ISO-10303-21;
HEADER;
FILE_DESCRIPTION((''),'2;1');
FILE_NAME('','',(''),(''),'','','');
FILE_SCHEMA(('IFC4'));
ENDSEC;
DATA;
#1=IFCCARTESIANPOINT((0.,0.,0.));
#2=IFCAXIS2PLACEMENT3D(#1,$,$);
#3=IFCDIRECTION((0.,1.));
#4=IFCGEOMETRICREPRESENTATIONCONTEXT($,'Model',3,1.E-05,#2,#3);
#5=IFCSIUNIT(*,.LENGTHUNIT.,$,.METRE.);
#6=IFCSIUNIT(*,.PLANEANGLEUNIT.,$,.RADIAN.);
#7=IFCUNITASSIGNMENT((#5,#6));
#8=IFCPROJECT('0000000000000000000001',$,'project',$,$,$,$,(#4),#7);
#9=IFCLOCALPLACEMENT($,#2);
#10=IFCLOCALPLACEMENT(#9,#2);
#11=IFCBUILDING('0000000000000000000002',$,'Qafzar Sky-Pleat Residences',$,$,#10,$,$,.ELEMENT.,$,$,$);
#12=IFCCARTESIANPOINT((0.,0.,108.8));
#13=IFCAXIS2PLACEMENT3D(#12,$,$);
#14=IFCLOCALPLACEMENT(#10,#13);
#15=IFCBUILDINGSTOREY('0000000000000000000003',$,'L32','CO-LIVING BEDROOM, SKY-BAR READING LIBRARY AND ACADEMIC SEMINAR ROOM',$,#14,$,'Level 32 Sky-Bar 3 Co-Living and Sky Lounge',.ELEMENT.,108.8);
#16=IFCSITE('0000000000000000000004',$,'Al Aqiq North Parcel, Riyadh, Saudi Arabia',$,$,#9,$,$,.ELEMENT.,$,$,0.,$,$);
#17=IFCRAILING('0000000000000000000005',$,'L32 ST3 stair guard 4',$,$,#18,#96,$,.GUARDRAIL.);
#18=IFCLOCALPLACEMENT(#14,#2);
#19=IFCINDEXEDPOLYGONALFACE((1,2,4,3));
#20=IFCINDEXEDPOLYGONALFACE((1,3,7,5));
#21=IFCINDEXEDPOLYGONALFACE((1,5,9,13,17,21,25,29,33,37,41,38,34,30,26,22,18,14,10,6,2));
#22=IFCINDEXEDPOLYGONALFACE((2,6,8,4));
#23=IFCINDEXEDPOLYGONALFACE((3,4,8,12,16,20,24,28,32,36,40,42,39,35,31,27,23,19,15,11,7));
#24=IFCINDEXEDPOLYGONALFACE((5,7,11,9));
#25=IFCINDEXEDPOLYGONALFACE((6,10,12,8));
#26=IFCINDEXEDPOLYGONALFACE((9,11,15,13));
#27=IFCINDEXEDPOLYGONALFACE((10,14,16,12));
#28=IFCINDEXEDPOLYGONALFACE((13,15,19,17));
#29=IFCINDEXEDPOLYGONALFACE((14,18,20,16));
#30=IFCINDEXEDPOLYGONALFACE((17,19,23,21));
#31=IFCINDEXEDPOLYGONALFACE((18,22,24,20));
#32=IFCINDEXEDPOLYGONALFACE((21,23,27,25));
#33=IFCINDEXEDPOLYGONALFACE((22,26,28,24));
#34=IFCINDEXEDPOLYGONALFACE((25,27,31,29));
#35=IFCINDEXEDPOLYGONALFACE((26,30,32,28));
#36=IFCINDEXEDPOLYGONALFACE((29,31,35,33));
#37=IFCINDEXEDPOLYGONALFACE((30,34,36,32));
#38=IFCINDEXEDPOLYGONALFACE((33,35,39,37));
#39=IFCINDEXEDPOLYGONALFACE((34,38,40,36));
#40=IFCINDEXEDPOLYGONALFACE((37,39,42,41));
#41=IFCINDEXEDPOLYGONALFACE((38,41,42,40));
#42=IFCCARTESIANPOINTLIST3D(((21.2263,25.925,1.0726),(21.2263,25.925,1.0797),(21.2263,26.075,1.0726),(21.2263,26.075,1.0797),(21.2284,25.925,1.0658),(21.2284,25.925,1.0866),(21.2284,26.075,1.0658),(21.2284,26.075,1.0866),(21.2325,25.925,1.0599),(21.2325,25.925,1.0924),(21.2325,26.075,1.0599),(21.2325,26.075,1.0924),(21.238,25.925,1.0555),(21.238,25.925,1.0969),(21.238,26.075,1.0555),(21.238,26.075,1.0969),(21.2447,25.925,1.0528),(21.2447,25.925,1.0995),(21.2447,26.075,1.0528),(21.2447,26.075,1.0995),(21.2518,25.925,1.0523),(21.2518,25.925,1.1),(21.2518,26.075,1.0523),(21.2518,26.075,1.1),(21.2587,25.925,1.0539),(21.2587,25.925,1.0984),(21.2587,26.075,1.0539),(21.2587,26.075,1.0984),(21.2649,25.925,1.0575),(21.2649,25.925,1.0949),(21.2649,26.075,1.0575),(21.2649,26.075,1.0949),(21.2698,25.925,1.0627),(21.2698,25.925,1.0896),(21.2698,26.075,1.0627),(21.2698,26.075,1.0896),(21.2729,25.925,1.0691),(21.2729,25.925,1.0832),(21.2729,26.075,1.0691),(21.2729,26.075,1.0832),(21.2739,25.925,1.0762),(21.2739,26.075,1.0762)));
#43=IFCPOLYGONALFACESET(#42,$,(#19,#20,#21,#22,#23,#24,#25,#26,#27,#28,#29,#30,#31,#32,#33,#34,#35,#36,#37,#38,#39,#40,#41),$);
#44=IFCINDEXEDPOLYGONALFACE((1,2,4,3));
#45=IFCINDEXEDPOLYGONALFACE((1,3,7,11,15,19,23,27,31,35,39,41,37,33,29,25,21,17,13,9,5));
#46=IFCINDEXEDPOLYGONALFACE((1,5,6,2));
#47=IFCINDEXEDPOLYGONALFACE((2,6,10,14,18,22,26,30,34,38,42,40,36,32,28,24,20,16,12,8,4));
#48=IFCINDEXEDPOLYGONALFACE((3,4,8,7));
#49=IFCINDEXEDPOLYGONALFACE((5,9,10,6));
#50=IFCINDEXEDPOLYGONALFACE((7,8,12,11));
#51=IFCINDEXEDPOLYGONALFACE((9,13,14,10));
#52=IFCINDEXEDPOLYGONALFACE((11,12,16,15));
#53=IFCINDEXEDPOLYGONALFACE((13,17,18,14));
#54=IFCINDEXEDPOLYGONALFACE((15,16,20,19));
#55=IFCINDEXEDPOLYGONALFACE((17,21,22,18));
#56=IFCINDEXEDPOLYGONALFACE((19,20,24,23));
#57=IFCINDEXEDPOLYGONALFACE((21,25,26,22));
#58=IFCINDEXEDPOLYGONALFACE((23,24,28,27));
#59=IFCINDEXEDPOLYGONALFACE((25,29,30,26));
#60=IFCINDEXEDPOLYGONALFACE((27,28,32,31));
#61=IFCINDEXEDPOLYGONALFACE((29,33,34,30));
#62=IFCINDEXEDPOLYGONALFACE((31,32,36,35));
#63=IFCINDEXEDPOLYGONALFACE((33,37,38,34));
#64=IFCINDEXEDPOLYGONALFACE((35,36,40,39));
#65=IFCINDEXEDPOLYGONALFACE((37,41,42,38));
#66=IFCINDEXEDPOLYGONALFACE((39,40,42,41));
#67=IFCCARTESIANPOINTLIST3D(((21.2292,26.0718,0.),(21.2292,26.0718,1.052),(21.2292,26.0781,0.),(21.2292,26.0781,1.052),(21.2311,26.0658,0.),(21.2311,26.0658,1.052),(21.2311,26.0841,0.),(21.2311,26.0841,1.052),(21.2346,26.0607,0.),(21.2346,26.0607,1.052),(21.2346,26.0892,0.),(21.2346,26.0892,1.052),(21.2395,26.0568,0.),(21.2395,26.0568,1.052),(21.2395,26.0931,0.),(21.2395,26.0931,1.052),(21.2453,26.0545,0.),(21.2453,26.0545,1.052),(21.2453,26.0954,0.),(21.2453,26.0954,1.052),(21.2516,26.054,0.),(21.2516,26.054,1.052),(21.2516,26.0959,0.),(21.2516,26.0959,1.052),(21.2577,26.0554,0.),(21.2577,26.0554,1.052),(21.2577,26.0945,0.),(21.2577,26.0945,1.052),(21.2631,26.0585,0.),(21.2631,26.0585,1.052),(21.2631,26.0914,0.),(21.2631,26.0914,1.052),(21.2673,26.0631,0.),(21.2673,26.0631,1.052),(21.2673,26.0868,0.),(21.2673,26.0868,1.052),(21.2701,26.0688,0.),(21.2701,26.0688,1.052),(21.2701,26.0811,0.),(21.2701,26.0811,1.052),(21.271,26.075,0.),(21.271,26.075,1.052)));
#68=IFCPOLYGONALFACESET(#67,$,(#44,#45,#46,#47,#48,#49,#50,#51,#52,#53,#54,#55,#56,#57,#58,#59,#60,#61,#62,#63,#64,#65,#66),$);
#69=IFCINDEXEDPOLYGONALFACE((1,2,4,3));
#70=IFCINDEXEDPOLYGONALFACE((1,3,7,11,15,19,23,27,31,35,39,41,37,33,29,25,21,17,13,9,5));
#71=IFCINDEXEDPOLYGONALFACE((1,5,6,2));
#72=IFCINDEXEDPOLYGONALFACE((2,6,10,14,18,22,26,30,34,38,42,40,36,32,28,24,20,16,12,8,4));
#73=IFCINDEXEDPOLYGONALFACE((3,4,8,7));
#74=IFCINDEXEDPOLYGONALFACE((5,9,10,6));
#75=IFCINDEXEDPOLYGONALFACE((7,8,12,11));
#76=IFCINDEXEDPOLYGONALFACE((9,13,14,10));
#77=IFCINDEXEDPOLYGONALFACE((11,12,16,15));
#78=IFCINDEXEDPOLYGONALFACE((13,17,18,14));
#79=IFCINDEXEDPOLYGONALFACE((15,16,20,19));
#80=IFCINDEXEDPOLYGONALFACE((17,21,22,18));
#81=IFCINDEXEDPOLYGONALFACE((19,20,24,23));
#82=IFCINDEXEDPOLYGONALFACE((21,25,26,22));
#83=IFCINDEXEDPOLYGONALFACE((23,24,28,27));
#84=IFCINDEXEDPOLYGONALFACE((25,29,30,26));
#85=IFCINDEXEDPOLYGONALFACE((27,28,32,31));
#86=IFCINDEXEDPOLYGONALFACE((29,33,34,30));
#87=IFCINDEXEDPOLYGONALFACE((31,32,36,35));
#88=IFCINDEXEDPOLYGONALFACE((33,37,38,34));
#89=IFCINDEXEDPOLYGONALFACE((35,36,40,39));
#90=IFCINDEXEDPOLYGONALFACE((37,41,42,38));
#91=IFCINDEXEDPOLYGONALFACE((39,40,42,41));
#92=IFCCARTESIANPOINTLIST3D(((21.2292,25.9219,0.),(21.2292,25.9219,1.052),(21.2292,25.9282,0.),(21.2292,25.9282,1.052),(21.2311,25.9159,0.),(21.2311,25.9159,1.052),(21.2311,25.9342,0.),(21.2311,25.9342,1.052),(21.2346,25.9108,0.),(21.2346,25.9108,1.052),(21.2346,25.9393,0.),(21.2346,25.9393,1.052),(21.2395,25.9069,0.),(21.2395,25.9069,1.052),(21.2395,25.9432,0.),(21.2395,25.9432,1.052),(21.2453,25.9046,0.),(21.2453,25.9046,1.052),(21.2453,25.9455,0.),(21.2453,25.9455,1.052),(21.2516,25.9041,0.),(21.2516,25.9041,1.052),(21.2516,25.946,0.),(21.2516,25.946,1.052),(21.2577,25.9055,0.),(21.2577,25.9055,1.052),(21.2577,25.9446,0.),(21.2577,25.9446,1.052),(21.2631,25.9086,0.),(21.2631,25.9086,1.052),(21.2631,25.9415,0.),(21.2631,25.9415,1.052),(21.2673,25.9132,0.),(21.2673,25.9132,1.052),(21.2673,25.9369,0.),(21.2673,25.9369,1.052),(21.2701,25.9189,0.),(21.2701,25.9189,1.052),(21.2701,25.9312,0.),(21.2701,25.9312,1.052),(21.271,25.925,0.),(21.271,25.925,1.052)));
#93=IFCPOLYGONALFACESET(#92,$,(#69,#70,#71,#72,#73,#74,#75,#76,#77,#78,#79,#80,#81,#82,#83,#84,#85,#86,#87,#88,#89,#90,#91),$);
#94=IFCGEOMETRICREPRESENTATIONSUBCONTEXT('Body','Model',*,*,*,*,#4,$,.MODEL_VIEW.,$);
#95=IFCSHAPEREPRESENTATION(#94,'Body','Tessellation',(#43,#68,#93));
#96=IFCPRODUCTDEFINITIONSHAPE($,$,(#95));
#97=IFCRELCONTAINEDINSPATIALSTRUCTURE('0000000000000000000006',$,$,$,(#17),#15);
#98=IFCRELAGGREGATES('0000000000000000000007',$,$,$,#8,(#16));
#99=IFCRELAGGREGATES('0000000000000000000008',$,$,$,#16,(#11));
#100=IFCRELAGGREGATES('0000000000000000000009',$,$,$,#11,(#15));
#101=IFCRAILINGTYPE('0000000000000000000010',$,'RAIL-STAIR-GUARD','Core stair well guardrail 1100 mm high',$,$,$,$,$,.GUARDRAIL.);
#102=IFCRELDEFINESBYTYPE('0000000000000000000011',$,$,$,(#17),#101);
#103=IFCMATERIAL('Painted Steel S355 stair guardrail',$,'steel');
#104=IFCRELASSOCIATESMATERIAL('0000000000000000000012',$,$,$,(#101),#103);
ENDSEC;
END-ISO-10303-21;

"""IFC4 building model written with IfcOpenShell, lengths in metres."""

from ifc_helpers import new_model, si_unit, direction, frame, origin, origin_2d, place, context, subcontext, project, spatial, circle, extrude, source, transform, mapped, material, type_object, element, save


model = new_model("IFC4")

# Units and contexts
model_context = context("Model", 3, precision=1e-05, world=origin(), true_north=direction((0.0, 1.0)))
body_context = subcontext(model_context, "Body", "Model", "MODEL_VIEW")
ifc_project = project(units=[si_unit("LENGTHUNIT", "METRE"), si_unit("PLANEANGLEUNIT", "RADIAN")], contexts=[model_context])

# Site, building, storey
site_placement = place(None, origin())
site = spatial("IfcSite", under=ifc_project, at=site_placement, Name="Al Aqiq North Parcel, Riyadh, Saudi Arabia", CompositionType="ELEMENT", RefElevation=0.0)
building_placement = place(site_placement, origin())
building = spatial("IfcBuilding", under=site, at=building_placement, Name="Qafzar Sky-Pleat Residences", CompositionType="ELEMENT")
storey_placement = place(building_placement, frame((0.0, 0.0, 108.8)))
storey = spatial("IfcBuildingStorey", under=building, at=storey_placement, Name="L32", Description="CO-LIVING BEDROOM, SKY-BAR READING LIBRARY AND ACADEMIC SEMINAR ROOM", LongName="Level 32 Sky-Bar 3 Co-Living and Sky Lounge", CompositionType="ELEMENT", Elevation=108.8)

# Railing
ifc_material_1 = material(Name="Painted Steel S355 stair guardrail", Category="steel")
railing_type = type_object("IfcRailingType", Name="RAIL-STAIR-GUARD", Description="Core stair well guardrail 1100 mm high", PredefinedType="GUARDRAIL", material=ifc_material_1)
shared_shape_1 = source(origin(), body_context, "Body", "SweptSolid", [
    extrude(circle(Radius=0.0239, at=origin_2d()), frame((0.0, 0.0, 1.0762), z_axis=(0.0, -1.0, 0.0), x_axis=(1.0, 0.0, 0.0)), (0.0, 0.0, 1.0), 0.1499),
    extrude(circle(Radius=0.021, at=origin_2d()), origin(), (0.0, 0.0, 1.0), 1.052),
    extrude(circle(Radius=0.021, at=origin_2d()), frame((0.0, -0.1499, 0.0)), (0.0, 0.0, 1.0), 1.052),
])
railing_placement = place(storey_placement, frame((21.25, 26.075, 0.0)))
element("IfcRailing", 1, at=railing_placement, inside=storey, type_object=railing_type, Name="L32 ST3 stair guard 4", PredefinedType="GUARDRAIL", context=body_context, shape_type="MappedRepresentation", body=[
    mapped(shared_shape_1, transform((0.0, 0.0, 0.0), x_axis=(1.0, 0.0, 0.0), y_axis=(0.0, 1.0, 0.0), z_axis=(0.0, 0.0, 1.0), scale=1.0)),
])

save(model, "model.ifc")
